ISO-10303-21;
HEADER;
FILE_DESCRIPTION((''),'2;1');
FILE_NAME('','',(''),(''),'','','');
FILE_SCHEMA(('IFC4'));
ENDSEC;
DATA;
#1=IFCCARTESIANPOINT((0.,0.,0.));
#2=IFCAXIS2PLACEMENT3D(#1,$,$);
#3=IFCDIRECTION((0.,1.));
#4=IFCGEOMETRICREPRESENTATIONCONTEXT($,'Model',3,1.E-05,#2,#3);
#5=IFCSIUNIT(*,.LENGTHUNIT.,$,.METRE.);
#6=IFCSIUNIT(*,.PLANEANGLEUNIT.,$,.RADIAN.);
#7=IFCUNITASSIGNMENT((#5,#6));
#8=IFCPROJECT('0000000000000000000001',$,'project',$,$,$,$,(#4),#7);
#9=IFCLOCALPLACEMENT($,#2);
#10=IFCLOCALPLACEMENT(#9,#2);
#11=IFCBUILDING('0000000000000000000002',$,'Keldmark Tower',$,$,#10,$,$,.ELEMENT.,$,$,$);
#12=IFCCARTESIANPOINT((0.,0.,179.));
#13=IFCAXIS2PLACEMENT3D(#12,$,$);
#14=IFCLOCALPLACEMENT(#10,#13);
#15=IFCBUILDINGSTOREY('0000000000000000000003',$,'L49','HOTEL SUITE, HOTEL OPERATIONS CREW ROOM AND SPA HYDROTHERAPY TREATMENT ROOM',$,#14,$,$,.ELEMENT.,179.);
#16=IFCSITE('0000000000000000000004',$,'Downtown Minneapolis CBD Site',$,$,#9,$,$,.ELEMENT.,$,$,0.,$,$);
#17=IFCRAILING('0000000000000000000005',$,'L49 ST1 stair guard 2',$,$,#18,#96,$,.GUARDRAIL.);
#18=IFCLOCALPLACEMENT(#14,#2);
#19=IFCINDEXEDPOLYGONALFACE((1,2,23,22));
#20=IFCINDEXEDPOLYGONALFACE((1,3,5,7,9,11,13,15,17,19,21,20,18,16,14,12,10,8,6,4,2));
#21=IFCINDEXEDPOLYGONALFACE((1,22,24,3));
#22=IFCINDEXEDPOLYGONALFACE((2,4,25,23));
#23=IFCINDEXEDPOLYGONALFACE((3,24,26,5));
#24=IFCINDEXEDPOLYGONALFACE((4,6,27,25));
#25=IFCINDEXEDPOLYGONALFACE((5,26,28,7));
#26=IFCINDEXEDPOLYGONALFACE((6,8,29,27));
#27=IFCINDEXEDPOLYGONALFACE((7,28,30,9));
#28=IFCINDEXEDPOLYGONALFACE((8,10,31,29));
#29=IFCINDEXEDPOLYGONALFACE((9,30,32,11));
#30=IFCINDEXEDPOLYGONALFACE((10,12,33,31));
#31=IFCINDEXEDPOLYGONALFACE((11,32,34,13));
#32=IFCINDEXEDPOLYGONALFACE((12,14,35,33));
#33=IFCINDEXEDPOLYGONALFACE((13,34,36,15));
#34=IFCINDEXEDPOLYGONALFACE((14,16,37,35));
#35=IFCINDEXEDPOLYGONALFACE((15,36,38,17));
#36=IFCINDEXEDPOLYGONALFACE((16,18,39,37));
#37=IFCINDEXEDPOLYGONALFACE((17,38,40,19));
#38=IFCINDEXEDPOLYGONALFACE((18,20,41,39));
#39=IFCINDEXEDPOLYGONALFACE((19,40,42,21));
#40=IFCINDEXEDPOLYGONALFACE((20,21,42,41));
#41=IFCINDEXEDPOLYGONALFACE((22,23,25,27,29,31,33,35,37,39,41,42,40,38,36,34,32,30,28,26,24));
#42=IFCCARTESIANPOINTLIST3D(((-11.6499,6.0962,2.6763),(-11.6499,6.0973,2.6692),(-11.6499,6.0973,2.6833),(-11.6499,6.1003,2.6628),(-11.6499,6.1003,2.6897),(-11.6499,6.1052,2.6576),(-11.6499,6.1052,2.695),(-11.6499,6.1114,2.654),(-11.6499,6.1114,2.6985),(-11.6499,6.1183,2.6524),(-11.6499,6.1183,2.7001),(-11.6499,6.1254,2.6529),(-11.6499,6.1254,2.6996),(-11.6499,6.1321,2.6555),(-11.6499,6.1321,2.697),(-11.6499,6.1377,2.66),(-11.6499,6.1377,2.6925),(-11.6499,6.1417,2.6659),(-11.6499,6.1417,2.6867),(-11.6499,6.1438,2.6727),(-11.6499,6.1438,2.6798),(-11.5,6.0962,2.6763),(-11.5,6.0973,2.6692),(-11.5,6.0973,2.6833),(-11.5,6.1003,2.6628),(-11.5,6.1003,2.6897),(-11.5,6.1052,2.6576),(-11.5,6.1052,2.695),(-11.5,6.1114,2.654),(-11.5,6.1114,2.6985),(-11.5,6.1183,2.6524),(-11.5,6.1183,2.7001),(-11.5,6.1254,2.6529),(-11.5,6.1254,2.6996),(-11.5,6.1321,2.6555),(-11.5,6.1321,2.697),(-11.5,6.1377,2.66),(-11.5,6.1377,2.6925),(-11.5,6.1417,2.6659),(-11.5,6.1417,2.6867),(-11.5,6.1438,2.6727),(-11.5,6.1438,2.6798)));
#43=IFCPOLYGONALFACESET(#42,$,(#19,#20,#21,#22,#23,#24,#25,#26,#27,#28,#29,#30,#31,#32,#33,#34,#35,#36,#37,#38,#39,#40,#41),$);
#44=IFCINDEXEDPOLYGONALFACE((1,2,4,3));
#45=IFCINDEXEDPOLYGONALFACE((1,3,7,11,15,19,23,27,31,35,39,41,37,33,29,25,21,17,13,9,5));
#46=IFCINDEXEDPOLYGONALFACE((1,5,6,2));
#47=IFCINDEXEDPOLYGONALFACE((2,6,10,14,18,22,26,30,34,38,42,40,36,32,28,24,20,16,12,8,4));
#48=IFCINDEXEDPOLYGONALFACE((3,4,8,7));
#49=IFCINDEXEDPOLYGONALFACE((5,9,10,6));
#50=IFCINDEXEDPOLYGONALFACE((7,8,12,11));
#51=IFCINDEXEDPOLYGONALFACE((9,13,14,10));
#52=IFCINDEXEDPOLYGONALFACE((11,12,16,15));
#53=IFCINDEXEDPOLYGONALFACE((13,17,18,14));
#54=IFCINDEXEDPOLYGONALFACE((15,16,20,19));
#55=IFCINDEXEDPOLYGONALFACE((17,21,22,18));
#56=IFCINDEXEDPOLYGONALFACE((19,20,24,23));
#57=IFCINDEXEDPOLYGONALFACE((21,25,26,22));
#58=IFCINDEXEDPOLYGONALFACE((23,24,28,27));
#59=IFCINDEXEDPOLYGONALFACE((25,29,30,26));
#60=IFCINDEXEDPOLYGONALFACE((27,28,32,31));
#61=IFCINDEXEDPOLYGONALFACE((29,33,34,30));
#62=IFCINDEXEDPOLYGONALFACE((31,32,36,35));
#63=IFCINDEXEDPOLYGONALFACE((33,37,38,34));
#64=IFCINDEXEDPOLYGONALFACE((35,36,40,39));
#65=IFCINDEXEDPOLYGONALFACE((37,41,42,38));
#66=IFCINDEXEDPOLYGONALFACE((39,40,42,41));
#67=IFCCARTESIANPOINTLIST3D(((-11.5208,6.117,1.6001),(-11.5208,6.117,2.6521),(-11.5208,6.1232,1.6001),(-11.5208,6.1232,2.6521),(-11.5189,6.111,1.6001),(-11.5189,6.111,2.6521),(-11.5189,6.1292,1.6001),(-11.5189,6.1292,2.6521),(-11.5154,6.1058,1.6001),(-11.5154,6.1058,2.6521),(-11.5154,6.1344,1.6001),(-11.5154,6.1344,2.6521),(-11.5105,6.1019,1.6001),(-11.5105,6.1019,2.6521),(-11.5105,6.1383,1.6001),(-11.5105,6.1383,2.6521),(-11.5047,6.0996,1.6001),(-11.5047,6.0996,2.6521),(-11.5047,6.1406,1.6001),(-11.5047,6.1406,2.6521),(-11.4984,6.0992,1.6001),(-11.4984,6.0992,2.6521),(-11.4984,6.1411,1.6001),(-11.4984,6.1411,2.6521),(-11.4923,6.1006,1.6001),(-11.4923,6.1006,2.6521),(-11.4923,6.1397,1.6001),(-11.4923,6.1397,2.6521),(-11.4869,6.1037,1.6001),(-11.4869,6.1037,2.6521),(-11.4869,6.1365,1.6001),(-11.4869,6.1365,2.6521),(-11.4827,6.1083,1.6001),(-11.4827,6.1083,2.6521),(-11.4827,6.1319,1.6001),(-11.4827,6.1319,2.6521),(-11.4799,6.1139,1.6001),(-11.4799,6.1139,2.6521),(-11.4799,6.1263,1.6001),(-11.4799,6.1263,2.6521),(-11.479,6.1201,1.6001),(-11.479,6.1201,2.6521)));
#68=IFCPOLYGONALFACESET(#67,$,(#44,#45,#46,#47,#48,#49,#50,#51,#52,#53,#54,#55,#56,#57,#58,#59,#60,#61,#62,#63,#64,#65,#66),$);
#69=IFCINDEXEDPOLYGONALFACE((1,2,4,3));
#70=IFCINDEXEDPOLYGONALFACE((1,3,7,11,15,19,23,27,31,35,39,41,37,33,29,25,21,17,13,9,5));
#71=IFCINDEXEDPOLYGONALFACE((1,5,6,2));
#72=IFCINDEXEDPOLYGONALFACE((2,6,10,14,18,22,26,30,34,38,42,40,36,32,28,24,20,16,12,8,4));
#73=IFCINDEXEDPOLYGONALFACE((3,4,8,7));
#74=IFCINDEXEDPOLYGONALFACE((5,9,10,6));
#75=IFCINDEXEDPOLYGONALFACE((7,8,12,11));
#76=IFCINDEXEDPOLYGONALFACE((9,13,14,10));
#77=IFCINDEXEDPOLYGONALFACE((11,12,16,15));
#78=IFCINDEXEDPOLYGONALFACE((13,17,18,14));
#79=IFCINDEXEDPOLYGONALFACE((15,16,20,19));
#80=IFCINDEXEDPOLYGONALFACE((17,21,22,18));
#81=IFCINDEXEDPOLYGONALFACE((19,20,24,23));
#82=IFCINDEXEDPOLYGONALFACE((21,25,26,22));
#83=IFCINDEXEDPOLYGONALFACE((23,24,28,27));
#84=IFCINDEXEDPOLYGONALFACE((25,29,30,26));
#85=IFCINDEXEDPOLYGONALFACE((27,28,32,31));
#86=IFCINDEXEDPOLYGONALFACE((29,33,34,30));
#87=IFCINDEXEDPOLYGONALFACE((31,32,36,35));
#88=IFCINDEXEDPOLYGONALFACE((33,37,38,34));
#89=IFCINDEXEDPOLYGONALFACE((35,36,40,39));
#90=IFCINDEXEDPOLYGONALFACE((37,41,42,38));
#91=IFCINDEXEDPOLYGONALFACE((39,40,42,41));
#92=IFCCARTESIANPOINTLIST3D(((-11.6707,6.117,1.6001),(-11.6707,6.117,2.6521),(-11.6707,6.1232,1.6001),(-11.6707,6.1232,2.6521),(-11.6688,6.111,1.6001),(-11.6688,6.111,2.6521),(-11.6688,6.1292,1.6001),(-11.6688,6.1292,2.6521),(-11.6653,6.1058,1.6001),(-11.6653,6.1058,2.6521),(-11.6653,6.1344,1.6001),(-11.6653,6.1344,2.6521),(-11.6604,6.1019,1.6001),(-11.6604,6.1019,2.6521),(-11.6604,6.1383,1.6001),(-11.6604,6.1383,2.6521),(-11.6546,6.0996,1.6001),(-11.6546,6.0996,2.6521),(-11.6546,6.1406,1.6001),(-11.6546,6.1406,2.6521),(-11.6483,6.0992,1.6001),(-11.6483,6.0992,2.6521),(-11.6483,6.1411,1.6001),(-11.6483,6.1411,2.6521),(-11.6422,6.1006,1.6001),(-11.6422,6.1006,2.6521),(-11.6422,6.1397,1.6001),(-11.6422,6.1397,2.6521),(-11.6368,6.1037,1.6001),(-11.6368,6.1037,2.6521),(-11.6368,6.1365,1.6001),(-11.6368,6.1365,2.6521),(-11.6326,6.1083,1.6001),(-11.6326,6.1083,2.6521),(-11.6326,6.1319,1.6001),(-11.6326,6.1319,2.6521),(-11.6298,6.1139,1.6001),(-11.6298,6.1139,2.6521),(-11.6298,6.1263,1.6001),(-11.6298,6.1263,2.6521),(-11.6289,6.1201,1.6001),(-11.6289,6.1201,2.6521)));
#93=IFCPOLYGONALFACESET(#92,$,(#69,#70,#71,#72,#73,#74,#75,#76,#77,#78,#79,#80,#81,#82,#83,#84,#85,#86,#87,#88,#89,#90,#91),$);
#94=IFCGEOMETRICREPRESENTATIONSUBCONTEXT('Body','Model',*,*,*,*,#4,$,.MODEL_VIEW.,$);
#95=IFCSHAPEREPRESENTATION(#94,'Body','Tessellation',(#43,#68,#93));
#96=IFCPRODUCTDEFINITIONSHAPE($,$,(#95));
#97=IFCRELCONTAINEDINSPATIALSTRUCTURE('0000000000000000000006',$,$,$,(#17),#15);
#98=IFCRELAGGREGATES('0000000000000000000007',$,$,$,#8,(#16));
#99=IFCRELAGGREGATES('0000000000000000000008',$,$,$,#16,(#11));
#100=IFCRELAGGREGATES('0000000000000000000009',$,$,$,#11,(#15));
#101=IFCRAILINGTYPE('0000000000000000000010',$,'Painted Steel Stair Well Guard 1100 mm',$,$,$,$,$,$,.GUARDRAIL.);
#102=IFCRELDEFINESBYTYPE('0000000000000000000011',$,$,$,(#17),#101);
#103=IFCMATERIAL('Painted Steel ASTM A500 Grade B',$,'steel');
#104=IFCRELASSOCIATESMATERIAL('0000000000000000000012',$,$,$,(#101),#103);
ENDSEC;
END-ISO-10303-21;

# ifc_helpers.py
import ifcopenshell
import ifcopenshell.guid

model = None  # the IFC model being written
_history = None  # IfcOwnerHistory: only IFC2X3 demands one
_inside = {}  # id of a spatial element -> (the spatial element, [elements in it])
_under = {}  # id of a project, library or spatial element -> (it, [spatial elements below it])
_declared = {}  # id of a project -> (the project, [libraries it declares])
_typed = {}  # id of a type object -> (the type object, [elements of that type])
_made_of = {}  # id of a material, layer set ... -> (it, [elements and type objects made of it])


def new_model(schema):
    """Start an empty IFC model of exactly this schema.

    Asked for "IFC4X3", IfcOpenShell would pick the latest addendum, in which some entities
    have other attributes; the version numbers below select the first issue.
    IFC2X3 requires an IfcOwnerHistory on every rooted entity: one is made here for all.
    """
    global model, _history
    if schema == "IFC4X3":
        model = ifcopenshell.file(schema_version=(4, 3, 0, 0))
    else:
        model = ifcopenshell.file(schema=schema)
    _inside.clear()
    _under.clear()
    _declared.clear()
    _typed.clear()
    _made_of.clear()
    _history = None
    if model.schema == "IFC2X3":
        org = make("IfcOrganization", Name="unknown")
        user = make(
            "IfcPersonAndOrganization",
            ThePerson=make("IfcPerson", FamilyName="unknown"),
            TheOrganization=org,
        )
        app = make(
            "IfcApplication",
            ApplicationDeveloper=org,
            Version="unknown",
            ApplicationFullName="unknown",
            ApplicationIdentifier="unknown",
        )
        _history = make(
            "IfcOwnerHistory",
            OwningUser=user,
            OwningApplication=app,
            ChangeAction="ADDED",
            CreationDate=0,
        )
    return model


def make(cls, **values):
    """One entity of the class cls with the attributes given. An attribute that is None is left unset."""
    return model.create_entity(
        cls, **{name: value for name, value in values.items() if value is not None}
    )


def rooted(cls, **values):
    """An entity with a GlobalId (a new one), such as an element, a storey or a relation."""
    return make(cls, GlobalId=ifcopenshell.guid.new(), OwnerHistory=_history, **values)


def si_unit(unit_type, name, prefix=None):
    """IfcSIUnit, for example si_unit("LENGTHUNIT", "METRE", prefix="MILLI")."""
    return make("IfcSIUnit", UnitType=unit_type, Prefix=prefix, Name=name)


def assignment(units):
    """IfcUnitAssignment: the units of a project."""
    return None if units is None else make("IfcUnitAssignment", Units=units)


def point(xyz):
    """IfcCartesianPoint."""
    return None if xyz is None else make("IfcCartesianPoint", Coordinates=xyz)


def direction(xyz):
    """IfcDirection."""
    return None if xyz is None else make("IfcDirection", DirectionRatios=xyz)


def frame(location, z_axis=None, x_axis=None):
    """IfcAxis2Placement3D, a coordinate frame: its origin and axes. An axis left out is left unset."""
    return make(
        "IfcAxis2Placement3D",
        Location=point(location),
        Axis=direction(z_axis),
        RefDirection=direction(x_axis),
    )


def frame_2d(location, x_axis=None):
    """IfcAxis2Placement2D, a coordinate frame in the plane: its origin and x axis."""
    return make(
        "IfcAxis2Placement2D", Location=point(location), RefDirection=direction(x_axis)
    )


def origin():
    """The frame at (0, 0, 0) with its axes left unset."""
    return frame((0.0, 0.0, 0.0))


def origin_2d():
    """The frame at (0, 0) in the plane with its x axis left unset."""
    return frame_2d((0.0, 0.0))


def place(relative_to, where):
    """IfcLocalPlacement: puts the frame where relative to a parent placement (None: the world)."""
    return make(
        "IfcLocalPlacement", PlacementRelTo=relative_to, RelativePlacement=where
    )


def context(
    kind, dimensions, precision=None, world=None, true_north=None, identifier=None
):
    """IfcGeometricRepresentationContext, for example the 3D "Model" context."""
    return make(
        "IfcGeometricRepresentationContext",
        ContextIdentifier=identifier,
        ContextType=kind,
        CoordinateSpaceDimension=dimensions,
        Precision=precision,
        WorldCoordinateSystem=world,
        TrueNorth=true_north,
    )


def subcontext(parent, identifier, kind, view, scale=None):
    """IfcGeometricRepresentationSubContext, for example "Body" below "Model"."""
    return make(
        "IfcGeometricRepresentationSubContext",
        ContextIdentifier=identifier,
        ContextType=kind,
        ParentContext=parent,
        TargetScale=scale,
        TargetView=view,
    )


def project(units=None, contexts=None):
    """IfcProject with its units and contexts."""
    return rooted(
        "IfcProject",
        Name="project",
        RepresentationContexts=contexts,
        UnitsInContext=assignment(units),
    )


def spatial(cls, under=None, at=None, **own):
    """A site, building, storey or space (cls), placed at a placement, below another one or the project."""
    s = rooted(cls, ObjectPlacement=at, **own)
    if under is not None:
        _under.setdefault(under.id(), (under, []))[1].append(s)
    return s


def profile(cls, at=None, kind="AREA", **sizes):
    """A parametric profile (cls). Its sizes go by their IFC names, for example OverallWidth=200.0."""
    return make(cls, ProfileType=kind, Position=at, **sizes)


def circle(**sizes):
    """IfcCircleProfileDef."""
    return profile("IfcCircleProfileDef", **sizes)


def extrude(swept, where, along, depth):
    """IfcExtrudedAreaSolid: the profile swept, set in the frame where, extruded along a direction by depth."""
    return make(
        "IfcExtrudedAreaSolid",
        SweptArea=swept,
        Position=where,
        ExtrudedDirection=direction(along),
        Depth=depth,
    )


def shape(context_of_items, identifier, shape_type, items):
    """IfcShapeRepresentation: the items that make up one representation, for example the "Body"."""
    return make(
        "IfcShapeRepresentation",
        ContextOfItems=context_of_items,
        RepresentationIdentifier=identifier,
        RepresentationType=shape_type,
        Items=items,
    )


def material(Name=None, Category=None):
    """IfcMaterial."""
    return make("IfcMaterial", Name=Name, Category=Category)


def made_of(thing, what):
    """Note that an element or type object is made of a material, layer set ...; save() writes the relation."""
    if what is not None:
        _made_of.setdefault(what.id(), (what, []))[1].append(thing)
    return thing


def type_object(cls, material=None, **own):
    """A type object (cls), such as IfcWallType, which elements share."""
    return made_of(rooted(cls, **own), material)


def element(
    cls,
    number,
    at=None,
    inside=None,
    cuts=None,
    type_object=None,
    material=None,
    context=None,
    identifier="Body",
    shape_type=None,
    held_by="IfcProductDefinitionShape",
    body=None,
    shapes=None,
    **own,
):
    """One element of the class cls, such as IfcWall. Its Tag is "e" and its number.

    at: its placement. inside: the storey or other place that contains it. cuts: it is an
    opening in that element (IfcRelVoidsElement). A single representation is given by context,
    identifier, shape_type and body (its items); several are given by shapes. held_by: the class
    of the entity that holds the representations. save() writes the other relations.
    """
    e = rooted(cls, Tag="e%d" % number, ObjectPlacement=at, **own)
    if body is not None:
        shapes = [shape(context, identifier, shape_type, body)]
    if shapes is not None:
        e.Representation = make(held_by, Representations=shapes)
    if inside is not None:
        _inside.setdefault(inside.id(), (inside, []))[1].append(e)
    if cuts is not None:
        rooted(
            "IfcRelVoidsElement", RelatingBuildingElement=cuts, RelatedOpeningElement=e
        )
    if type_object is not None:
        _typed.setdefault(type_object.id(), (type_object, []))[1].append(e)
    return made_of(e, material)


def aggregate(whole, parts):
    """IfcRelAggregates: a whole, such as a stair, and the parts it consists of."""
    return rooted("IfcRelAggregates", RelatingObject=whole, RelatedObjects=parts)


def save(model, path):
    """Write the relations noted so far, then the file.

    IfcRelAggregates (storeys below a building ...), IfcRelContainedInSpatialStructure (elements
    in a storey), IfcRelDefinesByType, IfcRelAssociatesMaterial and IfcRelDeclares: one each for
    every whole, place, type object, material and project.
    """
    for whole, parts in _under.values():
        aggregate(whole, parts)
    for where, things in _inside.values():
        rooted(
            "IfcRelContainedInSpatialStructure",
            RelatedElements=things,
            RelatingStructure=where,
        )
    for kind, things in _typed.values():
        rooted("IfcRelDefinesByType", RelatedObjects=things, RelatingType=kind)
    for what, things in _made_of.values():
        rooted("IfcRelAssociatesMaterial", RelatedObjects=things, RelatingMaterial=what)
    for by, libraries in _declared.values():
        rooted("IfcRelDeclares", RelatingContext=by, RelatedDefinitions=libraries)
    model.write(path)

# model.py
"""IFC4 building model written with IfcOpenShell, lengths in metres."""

from ifc_helpers import new_model, si_unit, direction, frame, origin, origin_2d, place, context, subcontext, project, spatial, circle, extrude, material, type_object, element, save


model = new_model("IFC4")

# Units and contexts
model_context = context("Model", 3, precision=1e-05, world=origin(), true_north=direction((0.0, 1.0)))
body_context = subcontext(model_context, "Body", "Model", "MODEL_VIEW")
ifc_project = project(units=[si_unit("LENGTHUNIT", "METRE"), si_unit("PLANEANGLEUNIT", "RADIAN")], contexts=[model_context])

# Site, building, storey
site_placement = place(None, origin())
site = spatial("IfcSite", under=ifc_project, at=site_placement, Name="Downtown Minneapolis CBD Site", CompositionType="ELEMENT", RefElevation=0.0)
building_placement = place(site_placement, origin())
building = spatial("IfcBuilding", under=site, at=building_placement, Name="Keldmark Tower", CompositionType="ELEMENT")
storey_placement = place(building_placement, frame((0.0, 0.0, 179.0)))
storey = spatial("IfcBuildingStorey", under=building, at=storey_placement, Name="L49", Description="HOTEL SUITE, HOTEL OPERATIONS CREW ROOM AND SPA HYDROTHERAPY TREATMENT ROOM", CompositionType="ELEMENT", Elevation=179.0)

# Railing
ifc_material_1 = material(Name="Painted Steel ASTM A500 Grade B", Category="steel")
railing_type_1 = type_object("IfcRailingType", Name="Painted Steel Stair Well Guard 1100 mm", PredefinedType="GUARDRAIL", material=ifc_material_1)
railing_1_placement = place(storey_placement, frame((-11.5, 6.1201, 1.6001)))
element("IfcRailing", 1, at=railing_1_placement, inside=storey, type_object=railing_type_1, Name="L49 ST1 stair guard 2", PredefinedType="GUARDRAIL", context=body_context, shape_type="SweptSolid", body=[
    extrude(circle(Radius=0.0239, at=origin_2d()), frame((0.0, 0.0, 1.0762), z_axis=(-1.0, 0.0, 0.0), x_axis=(0.0, -1.0, 0.0)), (0.0, 0.0, 1.0), 0.1499),
    extrude(circle(Radius=0.021, at=origin_2d()), origin(), (0.0, 0.0, 1.0), 1.052),
    extrude(circle(Radius=0.021, at=origin_2d()), frame((-0.1499, 0.0, 0.0)), (0.0, 0.0, 1.0), 1.052),
])

save(model, "model.ifc")
